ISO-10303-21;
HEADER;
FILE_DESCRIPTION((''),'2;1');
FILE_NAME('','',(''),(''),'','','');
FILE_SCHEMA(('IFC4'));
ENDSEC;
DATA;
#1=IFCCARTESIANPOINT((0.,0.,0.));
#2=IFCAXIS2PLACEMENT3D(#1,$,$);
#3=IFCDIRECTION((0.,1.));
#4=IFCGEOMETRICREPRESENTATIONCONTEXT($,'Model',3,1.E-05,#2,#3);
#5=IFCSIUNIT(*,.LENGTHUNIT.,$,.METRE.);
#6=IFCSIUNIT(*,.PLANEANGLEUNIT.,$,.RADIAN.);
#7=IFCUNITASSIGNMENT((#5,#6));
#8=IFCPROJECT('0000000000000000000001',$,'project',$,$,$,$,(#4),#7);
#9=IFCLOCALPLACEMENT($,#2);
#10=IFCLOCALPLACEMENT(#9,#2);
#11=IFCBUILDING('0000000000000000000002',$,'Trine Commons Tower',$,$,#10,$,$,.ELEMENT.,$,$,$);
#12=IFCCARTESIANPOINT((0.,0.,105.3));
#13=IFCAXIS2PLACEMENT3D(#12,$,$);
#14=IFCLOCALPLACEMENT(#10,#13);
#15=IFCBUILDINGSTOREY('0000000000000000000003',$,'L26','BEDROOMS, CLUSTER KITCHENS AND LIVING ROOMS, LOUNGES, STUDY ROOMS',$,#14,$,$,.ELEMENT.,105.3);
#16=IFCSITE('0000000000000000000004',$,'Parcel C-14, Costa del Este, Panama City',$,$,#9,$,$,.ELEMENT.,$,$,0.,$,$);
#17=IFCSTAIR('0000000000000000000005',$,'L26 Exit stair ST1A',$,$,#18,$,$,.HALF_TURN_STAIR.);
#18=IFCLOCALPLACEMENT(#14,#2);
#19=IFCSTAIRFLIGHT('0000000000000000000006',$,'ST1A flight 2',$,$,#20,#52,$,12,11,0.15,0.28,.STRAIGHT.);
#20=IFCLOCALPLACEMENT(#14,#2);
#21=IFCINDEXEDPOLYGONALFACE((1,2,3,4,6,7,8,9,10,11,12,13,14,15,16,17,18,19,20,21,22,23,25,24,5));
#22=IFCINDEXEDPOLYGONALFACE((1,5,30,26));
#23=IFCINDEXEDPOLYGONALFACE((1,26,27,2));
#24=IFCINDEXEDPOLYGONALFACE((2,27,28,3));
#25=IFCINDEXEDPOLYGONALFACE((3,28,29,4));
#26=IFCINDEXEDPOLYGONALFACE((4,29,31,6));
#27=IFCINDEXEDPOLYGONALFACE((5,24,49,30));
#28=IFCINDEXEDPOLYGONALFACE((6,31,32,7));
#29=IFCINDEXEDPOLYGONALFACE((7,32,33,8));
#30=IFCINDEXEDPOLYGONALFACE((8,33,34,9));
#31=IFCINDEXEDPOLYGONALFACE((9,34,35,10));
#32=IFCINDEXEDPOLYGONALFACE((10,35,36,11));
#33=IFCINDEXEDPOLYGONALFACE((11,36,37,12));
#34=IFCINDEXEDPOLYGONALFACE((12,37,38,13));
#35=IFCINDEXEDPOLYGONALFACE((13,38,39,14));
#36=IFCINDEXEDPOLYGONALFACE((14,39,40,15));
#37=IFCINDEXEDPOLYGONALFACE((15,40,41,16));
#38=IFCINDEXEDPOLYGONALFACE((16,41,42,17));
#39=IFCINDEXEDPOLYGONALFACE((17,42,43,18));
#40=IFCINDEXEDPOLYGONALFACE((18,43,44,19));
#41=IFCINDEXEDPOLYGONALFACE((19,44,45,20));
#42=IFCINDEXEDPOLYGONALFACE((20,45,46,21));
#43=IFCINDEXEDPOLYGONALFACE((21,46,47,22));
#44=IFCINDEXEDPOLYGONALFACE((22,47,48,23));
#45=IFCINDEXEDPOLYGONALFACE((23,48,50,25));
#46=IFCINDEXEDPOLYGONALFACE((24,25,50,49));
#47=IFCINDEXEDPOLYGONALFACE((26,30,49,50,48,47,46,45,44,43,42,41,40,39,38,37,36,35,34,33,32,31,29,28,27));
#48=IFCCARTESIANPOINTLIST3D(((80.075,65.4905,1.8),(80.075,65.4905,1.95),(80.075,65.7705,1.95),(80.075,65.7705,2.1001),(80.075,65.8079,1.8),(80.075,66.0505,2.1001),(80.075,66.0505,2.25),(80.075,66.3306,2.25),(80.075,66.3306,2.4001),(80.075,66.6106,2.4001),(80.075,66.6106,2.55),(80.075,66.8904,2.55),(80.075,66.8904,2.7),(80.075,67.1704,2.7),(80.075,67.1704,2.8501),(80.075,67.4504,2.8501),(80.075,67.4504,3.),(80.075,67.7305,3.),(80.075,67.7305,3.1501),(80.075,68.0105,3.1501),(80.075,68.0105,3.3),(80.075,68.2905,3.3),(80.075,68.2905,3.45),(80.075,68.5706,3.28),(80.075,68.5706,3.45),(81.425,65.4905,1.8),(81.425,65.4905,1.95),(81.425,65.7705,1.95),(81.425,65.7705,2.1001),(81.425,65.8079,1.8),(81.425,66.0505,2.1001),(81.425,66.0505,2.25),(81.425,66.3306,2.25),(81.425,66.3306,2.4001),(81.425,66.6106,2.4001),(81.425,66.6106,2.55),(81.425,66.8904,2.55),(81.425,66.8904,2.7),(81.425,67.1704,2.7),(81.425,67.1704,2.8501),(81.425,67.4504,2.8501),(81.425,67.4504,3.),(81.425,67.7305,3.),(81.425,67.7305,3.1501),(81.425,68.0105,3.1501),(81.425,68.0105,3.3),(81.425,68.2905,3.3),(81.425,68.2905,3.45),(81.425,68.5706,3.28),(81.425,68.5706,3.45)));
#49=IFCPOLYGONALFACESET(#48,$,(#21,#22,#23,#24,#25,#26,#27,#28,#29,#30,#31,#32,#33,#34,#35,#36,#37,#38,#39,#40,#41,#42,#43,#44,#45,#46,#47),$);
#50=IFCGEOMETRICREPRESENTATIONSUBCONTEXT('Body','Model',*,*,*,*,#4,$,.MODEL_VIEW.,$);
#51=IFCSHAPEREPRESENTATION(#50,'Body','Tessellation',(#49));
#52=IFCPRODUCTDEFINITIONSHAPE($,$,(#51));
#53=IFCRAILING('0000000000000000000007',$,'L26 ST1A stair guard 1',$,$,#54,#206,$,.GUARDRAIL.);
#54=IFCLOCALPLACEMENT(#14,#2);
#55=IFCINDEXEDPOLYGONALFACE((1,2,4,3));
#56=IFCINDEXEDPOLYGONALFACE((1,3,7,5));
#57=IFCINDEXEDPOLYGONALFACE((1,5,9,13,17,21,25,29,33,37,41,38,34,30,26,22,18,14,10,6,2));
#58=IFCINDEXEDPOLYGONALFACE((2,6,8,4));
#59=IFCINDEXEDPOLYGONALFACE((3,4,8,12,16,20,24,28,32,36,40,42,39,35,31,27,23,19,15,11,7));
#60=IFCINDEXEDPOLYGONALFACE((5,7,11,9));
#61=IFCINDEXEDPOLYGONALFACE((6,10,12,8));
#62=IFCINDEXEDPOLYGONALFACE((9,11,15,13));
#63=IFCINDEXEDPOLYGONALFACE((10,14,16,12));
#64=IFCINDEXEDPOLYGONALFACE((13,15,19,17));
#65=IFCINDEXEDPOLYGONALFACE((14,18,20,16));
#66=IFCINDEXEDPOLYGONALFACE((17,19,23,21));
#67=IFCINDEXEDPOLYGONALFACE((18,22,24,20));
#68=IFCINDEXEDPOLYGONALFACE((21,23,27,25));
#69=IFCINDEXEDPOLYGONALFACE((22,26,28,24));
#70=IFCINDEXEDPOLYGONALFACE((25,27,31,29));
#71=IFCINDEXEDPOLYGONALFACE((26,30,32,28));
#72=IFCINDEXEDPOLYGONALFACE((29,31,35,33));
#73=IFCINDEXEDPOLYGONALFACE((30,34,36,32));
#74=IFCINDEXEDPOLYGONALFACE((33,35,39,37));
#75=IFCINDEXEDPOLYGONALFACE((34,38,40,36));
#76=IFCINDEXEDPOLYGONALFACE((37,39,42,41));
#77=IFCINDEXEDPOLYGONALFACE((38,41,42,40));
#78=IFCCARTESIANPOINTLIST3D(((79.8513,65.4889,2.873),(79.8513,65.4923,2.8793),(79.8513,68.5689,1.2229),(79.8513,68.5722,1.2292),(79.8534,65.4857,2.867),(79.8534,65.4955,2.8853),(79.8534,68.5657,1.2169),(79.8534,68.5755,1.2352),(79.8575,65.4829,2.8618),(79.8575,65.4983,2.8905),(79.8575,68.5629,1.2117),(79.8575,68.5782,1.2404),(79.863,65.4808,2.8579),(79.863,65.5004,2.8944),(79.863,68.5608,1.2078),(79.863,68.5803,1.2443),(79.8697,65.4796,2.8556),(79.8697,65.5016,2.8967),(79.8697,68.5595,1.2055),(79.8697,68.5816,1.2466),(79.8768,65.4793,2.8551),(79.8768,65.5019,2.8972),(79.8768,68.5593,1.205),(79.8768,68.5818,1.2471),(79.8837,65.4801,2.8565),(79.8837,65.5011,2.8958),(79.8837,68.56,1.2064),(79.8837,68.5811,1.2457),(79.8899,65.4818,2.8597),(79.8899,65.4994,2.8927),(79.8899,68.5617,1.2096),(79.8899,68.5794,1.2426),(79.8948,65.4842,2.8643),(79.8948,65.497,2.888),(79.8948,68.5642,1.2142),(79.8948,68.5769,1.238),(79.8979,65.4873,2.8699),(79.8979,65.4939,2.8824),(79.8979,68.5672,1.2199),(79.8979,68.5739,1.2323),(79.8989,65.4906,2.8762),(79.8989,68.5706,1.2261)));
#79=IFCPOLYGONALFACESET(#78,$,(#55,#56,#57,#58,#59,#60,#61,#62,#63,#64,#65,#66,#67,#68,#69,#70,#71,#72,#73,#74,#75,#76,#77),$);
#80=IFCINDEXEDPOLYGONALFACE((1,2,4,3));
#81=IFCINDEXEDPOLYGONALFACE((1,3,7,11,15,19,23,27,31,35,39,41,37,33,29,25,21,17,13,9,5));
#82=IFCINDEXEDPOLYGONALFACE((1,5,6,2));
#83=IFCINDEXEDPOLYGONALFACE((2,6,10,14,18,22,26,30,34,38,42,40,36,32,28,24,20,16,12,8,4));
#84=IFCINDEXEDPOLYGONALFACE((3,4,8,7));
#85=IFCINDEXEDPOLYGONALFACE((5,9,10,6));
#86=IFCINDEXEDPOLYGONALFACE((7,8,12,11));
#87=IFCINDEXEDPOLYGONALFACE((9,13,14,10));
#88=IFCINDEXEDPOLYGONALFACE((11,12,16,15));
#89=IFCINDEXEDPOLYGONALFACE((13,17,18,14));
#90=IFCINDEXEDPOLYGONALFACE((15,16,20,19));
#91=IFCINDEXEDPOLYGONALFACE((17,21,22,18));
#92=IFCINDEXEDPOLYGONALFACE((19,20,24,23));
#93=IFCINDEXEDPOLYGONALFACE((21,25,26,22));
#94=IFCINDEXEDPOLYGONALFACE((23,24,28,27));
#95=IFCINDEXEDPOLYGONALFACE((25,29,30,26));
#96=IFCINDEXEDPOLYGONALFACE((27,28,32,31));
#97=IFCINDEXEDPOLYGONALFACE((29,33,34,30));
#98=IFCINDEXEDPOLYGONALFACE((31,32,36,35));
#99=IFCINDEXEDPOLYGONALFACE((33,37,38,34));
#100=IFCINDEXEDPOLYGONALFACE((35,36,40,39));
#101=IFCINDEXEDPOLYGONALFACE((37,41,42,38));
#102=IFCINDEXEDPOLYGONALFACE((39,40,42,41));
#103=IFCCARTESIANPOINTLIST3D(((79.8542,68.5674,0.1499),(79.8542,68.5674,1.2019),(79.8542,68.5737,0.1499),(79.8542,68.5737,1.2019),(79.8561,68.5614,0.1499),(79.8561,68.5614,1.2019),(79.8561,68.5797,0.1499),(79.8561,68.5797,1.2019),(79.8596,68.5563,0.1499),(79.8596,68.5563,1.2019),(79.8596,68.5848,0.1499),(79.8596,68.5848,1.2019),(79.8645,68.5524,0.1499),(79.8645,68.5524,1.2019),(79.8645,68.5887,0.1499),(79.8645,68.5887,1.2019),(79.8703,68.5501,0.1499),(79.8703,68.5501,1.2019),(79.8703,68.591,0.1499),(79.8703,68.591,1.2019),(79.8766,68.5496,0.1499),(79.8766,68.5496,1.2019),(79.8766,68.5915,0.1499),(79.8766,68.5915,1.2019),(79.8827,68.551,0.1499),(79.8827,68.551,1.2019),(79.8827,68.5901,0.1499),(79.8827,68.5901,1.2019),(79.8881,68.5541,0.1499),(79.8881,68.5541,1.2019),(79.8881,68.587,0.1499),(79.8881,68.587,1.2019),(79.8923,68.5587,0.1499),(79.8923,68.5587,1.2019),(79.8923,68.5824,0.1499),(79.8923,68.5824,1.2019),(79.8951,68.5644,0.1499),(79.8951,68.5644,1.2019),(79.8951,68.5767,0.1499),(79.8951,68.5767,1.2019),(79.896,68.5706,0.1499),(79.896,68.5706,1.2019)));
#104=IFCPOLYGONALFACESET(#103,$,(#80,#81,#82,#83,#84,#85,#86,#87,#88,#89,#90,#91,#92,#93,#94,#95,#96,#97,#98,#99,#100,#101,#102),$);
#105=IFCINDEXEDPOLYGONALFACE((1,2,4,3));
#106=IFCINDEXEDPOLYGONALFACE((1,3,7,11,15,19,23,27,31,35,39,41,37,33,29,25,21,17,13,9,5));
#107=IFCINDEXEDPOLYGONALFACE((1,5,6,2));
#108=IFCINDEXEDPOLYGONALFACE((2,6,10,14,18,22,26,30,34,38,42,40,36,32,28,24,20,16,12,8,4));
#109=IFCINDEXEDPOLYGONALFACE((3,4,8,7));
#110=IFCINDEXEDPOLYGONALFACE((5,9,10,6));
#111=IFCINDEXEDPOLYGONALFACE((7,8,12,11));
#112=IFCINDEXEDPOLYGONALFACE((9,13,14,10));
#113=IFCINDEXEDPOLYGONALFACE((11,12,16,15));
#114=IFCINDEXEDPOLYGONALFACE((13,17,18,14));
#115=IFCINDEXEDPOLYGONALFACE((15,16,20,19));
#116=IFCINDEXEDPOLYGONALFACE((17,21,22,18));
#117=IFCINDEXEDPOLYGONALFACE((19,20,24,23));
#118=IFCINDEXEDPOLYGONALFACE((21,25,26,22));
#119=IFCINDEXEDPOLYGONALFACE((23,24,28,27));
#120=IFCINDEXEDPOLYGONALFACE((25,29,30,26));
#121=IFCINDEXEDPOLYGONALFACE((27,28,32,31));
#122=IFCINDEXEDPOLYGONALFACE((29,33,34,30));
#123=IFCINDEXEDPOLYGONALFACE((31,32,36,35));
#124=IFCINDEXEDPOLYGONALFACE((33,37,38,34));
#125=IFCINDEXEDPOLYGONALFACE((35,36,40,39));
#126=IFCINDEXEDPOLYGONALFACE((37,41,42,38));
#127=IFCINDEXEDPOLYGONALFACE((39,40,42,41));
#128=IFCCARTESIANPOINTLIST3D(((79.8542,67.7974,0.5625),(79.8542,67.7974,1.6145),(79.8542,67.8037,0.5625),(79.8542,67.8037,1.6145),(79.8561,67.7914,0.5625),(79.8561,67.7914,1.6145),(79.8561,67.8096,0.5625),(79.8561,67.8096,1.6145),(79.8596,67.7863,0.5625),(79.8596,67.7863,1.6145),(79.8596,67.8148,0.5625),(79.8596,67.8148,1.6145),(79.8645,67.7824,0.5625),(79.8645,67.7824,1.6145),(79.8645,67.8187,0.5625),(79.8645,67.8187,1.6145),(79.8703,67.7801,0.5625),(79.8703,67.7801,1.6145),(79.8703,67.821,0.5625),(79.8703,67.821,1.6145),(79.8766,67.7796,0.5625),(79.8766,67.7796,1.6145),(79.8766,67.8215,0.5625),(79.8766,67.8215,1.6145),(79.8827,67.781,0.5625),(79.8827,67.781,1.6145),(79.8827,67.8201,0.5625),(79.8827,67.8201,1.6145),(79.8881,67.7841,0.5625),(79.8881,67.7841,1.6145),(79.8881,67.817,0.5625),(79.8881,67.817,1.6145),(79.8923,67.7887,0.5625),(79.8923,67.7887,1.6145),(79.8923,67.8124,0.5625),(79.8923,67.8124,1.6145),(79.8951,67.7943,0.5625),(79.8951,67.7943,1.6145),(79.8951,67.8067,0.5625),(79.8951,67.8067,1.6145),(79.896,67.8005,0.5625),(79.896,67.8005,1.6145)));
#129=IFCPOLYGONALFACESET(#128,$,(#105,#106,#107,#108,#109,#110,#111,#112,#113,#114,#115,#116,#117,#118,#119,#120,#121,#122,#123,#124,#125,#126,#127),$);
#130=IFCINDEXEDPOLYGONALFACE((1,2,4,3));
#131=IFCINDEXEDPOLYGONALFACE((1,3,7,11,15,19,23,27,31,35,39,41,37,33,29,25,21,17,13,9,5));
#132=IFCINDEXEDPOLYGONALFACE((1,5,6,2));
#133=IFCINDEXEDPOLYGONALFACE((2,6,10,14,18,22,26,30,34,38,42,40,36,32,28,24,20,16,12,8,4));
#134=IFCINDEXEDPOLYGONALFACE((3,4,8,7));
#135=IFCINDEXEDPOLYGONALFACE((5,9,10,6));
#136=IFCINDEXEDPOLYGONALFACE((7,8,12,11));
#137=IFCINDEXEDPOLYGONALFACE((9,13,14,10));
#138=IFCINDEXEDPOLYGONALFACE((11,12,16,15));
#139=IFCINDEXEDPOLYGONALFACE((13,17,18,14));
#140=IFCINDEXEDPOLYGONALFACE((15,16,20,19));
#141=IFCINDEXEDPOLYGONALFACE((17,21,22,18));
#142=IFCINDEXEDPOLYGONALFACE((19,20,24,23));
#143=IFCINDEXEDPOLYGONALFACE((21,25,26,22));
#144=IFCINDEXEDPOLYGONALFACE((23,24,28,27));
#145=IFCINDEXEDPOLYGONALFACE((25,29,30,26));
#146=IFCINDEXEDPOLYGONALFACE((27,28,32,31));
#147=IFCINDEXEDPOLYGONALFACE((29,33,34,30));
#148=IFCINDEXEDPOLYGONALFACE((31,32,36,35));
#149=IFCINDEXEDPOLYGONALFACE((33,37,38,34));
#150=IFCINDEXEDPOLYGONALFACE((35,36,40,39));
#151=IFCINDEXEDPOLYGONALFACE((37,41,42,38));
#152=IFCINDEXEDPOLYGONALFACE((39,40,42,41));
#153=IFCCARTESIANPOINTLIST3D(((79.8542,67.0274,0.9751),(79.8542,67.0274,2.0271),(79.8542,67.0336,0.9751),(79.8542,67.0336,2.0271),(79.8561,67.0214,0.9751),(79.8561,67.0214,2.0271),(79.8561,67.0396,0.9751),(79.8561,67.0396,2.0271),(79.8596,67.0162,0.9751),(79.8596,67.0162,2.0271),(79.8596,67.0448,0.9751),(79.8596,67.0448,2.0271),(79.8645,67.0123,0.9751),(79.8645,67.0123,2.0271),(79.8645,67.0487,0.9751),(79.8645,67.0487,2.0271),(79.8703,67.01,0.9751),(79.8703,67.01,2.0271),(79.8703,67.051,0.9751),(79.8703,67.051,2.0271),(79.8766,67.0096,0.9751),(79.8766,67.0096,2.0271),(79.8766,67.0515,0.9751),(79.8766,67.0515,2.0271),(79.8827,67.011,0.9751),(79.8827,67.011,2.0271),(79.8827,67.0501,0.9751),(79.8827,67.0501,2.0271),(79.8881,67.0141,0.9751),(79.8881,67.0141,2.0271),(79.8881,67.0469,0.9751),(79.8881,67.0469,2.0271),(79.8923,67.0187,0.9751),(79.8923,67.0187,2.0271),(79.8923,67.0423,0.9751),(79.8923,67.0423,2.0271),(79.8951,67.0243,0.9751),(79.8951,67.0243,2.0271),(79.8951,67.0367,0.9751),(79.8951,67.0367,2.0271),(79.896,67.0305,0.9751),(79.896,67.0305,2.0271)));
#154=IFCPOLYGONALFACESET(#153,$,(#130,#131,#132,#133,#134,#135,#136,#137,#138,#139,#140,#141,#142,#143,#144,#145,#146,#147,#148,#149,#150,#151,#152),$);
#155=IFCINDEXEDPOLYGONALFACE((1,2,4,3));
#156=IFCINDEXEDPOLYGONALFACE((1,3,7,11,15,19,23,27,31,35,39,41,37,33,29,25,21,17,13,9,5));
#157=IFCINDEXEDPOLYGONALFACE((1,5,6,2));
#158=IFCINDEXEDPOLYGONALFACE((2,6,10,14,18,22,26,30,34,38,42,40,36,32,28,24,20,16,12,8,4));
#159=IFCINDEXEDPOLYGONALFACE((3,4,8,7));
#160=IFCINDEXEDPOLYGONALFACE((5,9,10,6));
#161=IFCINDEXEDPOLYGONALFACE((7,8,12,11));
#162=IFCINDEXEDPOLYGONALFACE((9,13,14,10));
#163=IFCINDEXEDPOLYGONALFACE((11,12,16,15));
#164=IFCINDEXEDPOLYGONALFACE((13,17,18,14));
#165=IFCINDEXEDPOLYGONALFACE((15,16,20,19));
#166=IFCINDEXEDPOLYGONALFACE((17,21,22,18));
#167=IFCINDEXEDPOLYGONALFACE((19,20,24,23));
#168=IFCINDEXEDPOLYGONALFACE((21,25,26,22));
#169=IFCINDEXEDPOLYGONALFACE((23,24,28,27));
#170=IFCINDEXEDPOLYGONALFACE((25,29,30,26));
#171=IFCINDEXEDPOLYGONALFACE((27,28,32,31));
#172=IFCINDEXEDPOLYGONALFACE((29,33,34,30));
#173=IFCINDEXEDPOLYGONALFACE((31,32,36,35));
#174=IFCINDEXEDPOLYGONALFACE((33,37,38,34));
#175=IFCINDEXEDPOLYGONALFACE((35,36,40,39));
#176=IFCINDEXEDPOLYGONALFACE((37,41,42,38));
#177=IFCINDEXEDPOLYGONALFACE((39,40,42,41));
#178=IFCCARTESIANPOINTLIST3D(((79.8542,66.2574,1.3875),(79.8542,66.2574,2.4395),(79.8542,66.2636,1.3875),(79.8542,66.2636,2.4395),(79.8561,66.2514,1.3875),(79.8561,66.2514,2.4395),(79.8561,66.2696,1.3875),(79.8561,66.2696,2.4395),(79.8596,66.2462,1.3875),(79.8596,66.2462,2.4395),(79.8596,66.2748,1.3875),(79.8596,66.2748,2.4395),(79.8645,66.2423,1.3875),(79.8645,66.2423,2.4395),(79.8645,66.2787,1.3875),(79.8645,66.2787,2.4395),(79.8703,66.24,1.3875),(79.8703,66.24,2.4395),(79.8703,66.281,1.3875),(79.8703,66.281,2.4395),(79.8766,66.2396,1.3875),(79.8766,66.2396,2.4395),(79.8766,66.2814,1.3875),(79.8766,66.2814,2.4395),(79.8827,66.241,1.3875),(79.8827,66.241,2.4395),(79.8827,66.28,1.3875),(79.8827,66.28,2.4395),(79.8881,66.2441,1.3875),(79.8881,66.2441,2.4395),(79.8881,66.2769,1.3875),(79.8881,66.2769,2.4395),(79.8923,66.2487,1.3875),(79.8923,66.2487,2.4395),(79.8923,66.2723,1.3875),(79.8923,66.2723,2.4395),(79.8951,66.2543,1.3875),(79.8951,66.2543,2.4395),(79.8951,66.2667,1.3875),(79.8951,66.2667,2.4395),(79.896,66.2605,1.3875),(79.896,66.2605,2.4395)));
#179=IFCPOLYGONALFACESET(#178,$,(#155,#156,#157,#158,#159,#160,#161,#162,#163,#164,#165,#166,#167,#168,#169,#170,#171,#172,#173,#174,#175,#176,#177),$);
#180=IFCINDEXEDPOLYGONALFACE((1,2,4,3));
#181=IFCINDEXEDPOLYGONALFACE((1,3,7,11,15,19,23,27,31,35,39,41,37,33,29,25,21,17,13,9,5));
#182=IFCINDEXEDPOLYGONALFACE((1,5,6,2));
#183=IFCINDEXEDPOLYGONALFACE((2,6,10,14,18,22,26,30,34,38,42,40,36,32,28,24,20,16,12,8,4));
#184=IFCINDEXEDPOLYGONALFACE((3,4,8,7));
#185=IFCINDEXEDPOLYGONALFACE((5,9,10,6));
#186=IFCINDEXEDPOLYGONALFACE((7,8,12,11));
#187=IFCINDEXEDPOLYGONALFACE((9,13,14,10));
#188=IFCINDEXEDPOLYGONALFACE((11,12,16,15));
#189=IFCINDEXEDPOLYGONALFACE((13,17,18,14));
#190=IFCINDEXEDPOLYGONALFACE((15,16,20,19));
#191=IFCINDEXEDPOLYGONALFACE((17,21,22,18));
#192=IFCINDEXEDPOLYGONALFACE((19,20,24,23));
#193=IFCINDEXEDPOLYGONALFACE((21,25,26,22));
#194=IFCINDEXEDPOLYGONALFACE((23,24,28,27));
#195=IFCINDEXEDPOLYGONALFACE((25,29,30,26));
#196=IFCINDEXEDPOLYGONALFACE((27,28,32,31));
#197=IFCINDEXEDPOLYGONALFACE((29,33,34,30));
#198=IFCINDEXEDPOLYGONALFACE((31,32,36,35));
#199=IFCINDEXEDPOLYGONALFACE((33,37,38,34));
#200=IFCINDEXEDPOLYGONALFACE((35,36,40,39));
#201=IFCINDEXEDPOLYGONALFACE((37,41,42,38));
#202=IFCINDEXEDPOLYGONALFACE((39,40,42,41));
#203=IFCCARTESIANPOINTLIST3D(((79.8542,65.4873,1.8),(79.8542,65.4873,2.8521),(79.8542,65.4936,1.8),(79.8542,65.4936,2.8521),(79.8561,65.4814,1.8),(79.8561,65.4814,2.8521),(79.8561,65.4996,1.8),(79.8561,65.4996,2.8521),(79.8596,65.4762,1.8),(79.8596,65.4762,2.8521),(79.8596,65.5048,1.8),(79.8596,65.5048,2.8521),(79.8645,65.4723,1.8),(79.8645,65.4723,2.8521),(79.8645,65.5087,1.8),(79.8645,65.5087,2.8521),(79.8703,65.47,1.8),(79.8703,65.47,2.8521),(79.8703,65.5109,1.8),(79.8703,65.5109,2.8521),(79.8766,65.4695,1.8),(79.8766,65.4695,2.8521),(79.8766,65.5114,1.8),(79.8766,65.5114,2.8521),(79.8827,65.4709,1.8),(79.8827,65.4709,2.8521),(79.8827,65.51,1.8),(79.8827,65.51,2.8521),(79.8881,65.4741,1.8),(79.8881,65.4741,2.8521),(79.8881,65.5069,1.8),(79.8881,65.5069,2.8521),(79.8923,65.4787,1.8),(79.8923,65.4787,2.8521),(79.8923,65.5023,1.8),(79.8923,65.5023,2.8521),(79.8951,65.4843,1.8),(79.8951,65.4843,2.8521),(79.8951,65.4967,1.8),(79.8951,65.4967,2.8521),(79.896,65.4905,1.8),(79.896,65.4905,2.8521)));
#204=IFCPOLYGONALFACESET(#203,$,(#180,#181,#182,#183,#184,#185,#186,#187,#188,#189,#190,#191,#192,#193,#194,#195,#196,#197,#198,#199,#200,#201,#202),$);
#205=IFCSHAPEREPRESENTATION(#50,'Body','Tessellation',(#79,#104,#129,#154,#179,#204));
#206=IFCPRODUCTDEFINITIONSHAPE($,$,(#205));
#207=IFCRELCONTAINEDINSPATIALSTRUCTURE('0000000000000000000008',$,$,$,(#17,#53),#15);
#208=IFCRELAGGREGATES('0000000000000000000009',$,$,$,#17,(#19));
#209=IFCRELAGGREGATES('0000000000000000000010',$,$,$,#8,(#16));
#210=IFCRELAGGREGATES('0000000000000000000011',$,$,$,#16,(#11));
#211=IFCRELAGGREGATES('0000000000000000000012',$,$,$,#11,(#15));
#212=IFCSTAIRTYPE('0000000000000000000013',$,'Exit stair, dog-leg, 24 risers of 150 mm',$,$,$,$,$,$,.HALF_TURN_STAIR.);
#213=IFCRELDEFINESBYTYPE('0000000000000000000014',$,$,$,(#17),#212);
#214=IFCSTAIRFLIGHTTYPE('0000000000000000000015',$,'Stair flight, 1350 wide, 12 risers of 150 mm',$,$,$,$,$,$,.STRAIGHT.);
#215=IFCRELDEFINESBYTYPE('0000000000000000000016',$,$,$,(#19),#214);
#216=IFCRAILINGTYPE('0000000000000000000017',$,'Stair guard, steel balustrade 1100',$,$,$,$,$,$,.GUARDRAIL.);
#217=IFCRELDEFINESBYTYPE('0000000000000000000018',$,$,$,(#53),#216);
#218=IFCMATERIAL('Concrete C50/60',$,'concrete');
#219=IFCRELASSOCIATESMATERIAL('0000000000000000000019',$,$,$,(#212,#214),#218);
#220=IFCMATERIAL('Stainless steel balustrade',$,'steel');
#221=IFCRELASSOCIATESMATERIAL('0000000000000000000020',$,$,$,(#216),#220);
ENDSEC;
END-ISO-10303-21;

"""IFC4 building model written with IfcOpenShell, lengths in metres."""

from ifc_helpers import new_model, si_unit, direction, frame, origin, origin_2d, place, context, subcontext, project, spatial, polyline, circle, outline, extrude, material, type_object, element, aggregate, save


model = new_model("IFC4")

# Units and contexts
model_context = context("Model", 3, precision=1e-05, world=origin(), true_north=direction((0.0, 1.0)))
body_context = subcontext(model_context, "Body", "Model", "MODEL_VIEW")
ifc_project = project(units=[si_unit("LENGTHUNIT", "METRE"), si_unit("PLANEANGLEUNIT", "RADIAN")], contexts=[model_context])

# Site, building, storey
site_placement = place(None, origin())
site = spatial("IfcSite", under=ifc_project, at=site_placement, Name="Parcel C-14, Costa del Este, Panama City", CompositionType="ELEMENT", RefElevation=0.0)
building_placement = place(site_placement, origin())
building = spatial("IfcBuilding", under=site, at=building_placement, Name="Trine Commons Tower", CompositionType="ELEMENT")
storey_placement = place(building_placement, frame((0.0, 0.0, 105.3)))
storey = spatial("IfcBuildingStorey", under=building, at=storey_placement, Name="L26", Description="BEDROOMS, CLUSTER KITCHENS AND LIVING ROOMS, LOUNGES, STUDY ROOMS", CompositionType="ELEMENT", Elevation=105.3)

# Shared definitions
ifc_material_1 = material(Name="Concrete C50/60", Category="concrete")

# Stair, stair flight
stair_type = type_object("IfcStairType", Name="Exit stair, dog-leg, 24 risers of 150 mm", PredefinedType="HALF_TURN_STAIR", material=ifc_material_1)
stair_placement = place(storey_placement, origin())
stair = element("IfcStair", 1, at=stair_placement, inside=storey, type_object=stair_type, Name="L26 Exit stair ST1A", PredefinedType="HALF_TURN_STAIR")
stair_flight_type = type_object("IfcStairFlightType", Name="Stair flight, 1350 wide, 12 risers of 150 mm", PredefinedType="STRAIGHT", material=ifc_material_1)
stair_flight_1_placement = place(storey_placement, frame((80.75, 65.4905, 1.8), z_axis=(0.0, 0.0, 1.0), x_axis=(0.0, 1.0, 0.0)))
stair_flight_1 = element("IfcStairFlight", 2, at=stair_flight_1_placement, type_object=stair_flight_type, Name="ST1A flight 2", NumberOfRisers=12, NumberOfTreads=11, PredefinedType="STRAIGHT", RiserHeight=0.15, TreadLength=0.28, context=body_context, shape_type="SweptSolid", body=[
    extrude(outline(polyline([(0.0, 0.0), (0.0, 0.1499), (0.28, 0.1499), (0.28, 0.3), (0.5601, 0.3), (0.5601, 0.45), (0.8401, 0.45), (0.8401, 0.6001), (1.1201, 0.6001), (1.1201, 0.75), (1.3999, 0.75), (1.3999, 0.8999), (1.6799, 0.8999), (1.6799, 1.05), (1.96, 1.05), (1.96, 1.2), (2.24, 1.2), (2.24, 1.3501), (2.52, 1.3501), (2.52, 1.5), (2.8, 1.5), (2.8, 1.6499), (3.0801, 1.6499), (3.0801, 1.8), (3.0801, 1.48), (0.3174, 0.0), (0.0, 0.0)])), frame((0.0, 0.675, 0.0), z_axis=(0.0, -1.0, 0.0), x_axis=(1.0, 0.0, 0.0)), (0.0, 0.0, 1.0), 1.3501),
])
aggregate(stair, [stair_flight_1])

# Railing
ifc_material_2 = material(Name="Stainless steel balustrade", Category="steel")
railing_type_1 = type_object("IfcRailingType", Name="Stair guard, steel balustrade 1100", PredefinedType="GUARDRAIL", material=ifc_material_2)
railing_1_placement = place(storey_placement, frame((79.875, 68.5706, 0.1499)))
element("IfcRailing", 3, at=railing_1_placement, inside=storey, type_object=railing_type_1, Name="L26 ST1A stair guard 1", PredefinedType="GUARDRAIL", context=body_context, shape_type="SweptSolid", body=[
    extrude(circle(Radius=0.0239, at=origin_2d()), frame((0.0, 0.0, 1.0762), z_axis=(0.0, -0.881468, 0.472245), x_axis=(1.0, 0.0, 0.0)), (0.0, 0.0, 1.0), 3.4941),
    extrude(circle(Radius=0.021, at=origin_2d()), origin(), (0.0, 0.0, 1.0), 1.052),
    extrude(circle(Radius=0.021, at=origin_2d()), frame((0.0, -0.77, 0.4126)), (0.0, 0.0, 1.0), 1.052),
    extrude(circle(Radius=0.021, at=origin_2d()), frame((0.0, -1.54, 0.8252)), (0.0, 0.0, 1.0), 1.052),
    extrude(circle(Radius=0.021, at=origin_2d()), frame((0.0, -2.3101, 1.2375)), (0.0, 0.0, 1.0), 1.052),
    extrude(circle(Radius=0.021, at=origin_2d()), frame((0.0, -3.0801, 1.6501)), (0.0, 0.0, 1.0), 1.052),
])

save(model, "model.ifc")
